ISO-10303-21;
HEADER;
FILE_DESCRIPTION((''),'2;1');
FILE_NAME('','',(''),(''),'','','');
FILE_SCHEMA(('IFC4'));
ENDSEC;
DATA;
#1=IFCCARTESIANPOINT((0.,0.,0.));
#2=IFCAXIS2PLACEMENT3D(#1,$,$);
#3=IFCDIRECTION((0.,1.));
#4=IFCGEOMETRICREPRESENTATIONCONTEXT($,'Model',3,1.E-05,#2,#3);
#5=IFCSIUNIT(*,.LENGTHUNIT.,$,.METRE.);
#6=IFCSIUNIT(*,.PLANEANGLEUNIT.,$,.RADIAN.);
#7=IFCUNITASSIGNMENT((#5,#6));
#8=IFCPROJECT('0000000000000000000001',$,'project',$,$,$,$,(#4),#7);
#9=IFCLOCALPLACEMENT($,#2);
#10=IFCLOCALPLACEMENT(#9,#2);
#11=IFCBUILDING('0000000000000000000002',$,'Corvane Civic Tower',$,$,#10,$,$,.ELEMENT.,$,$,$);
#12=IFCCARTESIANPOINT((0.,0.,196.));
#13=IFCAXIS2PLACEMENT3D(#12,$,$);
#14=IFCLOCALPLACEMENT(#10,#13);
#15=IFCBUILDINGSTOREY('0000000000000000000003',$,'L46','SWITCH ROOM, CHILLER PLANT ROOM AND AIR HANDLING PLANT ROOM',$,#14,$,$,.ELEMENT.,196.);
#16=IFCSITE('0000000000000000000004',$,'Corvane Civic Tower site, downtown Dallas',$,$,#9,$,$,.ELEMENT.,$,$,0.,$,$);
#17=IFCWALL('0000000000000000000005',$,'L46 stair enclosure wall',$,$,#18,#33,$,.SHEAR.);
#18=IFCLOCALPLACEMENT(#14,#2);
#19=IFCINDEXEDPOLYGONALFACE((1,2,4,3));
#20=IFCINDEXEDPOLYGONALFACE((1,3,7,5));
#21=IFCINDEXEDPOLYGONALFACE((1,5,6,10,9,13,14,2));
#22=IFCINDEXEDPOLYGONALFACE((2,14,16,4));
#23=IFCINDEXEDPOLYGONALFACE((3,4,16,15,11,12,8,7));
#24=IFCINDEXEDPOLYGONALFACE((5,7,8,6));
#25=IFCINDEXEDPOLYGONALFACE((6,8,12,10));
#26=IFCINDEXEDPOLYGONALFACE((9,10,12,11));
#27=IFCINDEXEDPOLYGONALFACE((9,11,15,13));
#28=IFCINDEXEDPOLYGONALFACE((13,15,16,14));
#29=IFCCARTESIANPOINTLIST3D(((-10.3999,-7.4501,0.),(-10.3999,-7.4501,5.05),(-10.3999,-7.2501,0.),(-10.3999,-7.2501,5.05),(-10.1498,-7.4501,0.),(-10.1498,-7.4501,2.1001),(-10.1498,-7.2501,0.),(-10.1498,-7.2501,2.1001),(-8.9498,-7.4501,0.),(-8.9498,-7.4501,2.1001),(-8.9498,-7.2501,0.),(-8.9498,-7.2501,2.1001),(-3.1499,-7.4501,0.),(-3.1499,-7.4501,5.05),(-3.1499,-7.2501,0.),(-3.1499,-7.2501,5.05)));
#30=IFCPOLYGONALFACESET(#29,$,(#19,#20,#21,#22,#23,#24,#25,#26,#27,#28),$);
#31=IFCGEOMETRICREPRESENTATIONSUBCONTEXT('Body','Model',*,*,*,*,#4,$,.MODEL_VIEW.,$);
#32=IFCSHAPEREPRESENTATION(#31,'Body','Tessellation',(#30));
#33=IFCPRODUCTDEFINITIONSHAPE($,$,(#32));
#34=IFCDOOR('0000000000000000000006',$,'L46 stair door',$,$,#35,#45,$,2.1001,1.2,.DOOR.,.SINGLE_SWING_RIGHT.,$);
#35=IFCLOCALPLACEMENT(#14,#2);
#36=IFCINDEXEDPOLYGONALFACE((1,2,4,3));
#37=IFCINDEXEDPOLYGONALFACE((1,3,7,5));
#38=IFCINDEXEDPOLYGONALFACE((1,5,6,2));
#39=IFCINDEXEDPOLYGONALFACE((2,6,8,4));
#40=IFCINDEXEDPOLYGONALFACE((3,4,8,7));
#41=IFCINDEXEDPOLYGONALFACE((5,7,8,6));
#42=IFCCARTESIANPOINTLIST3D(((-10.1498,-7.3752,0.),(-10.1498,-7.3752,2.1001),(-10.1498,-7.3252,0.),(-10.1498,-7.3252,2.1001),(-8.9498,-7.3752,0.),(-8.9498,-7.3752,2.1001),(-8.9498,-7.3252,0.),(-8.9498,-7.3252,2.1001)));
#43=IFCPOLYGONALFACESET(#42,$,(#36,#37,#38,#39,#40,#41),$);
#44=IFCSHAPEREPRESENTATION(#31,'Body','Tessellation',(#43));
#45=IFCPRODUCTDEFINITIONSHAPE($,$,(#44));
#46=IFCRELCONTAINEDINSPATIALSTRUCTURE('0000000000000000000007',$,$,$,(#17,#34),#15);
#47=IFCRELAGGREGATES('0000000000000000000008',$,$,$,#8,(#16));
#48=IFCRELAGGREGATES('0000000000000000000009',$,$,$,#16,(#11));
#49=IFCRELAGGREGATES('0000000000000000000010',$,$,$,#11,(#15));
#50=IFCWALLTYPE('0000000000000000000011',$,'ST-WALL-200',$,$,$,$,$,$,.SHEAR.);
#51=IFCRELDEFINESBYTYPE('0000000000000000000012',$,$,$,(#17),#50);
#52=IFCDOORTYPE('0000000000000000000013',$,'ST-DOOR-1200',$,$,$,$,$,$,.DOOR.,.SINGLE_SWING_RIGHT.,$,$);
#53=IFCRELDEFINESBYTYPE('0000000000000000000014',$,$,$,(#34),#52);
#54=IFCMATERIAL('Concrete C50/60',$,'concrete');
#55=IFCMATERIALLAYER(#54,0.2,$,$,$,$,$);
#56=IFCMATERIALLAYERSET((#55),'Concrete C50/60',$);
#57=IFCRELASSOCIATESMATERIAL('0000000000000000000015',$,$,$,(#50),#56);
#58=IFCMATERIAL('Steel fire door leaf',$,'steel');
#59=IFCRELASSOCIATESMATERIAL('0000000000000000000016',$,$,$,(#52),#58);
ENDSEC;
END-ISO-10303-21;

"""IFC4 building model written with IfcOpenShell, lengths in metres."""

from ifc_helpers import new_model, si_unit, direction, frame, frame_2d, origin, place, context, subcontext, project, spatial, rectangle, extrude, material, layer, layer_set, type_object, element, fill, save


model = new_model("IFC4")

# Units and contexts
model_context = context("Model", 3, precision=1e-05, world=origin(), true_north=direction((0.0, 1.0)))
body_context = subcontext(model_context, "Body", "Model", "MODEL_VIEW")
ifc_project = project(units=[si_unit("LENGTHUNIT", "METRE"), si_unit("PLANEANGLEUNIT", "RADIAN")], contexts=[model_context])

# Site, building, storey
site_placement = place(None, origin())
site = spatial("IfcSite", under=ifc_project, at=site_placement, Name="Corvane Civic Tower site, downtown Dallas", CompositionType="ELEMENT", RefElevation=0.0)
building_placement = place(site_placement, origin())
building = spatial("IfcBuilding", under=site, at=building_placement, Name="Corvane Civic Tower", CompositionType="ELEMENT")
storey_placement = place(building_placement, frame((0.0, 0.0, 196.0)))
storey = spatial("IfcBuildingStorey", under=building, at=storey_placement, Name="L46", Description="SWITCH ROOM, CHILLER PLANT ROOM AND AIR HANDLING PLANT ROOM", CompositionType="ELEMENT", Elevation=196.0)

# Wall, opening, door
ifc_material_1 = material(Name="Concrete C50/60", Category="concrete")
ifc_layer_1 = layer(ifc_material_1, 0.2)
ifc_layer_set_1 = layer_set([ifc_layer_1], Name="Concrete C50/60")
wall_type_1 = type_object("IfcWallType", Name="ST-WALL-200", PredefinedType="SHEAR", material=ifc_layer_set_1)
wall_1_placement = place(storey_placement, frame((-10.3999, -7.3501, 0.0), z_axis=(0.0, 0.0, 1.0), x_axis=(1.0, 0.0, 0.0)))
wall_1 = element("IfcWall", 1, at=wall_1_placement, inside=storey, type_object=wall_type_1, Name="L46 stair enclosure wall", PredefinedType="SHEAR", context=body_context, shape_type="SweptSolid", body=[
    extrude(rectangle(XDim=7.25, YDim=0.2, at=frame_2d((3.625, 0.0))), origin(), (0.0, 0.0, 1.0), 5.05),
])
opening_1_placement = place(wall_1_placement, frame((0.25, 0.0, 0.0)))
opening_1 = element("IfcOpeningElement", 2, at=opening_1_placement, cuts=wall_1, PredefinedType="OPENING", context=body_context, shape_type="SweptSolid", body=[
    extrude(rectangle(XDim=1.2, YDim=2.1001, at=frame_2d((0.6001, 1.05))), frame((0.0, 0.1099, 0.0), z_axis=(0.0, -1.0, 0.0), x_axis=(1.0, 0.0, 0.0)), (0.0, 0.0, 1.0), 0.22),
])
ifc_material_2 = material(Name="Steel fire door leaf", Category="steel")
door_type_1 = type_object("IfcDoorType", Name="ST-DOOR-1200", OperationType="SINGLE_SWING_RIGHT", PredefinedType="DOOR", material=ifc_material_2)
door_1_placement = place(opening_1_placement, origin())
door_1 = element("IfcDoor", 3, at=door_1_placement, inside=storey, type_object=door_type_1, Name="L46 stair door", OperationType="SINGLE_SWING_RIGHT", OverallHeight=2.1001, OverallWidth=1.2, PredefinedType="DOOR", context=body_context, shape_type="SweptSolid", body=[
    extrude(rectangle(XDim=1.2, YDim=2.1001, at=frame_2d((0.6001, 1.05))), frame((0.0, 0.0249, 0.0), z_axis=(0.0, -1.0, 0.0), x_axis=(1.0, 0.0, 0.0)), (0.0, 0.0, 1.0), 0.05),
])
fill(opening_1, door_1)

save(model, "model.ifc")
